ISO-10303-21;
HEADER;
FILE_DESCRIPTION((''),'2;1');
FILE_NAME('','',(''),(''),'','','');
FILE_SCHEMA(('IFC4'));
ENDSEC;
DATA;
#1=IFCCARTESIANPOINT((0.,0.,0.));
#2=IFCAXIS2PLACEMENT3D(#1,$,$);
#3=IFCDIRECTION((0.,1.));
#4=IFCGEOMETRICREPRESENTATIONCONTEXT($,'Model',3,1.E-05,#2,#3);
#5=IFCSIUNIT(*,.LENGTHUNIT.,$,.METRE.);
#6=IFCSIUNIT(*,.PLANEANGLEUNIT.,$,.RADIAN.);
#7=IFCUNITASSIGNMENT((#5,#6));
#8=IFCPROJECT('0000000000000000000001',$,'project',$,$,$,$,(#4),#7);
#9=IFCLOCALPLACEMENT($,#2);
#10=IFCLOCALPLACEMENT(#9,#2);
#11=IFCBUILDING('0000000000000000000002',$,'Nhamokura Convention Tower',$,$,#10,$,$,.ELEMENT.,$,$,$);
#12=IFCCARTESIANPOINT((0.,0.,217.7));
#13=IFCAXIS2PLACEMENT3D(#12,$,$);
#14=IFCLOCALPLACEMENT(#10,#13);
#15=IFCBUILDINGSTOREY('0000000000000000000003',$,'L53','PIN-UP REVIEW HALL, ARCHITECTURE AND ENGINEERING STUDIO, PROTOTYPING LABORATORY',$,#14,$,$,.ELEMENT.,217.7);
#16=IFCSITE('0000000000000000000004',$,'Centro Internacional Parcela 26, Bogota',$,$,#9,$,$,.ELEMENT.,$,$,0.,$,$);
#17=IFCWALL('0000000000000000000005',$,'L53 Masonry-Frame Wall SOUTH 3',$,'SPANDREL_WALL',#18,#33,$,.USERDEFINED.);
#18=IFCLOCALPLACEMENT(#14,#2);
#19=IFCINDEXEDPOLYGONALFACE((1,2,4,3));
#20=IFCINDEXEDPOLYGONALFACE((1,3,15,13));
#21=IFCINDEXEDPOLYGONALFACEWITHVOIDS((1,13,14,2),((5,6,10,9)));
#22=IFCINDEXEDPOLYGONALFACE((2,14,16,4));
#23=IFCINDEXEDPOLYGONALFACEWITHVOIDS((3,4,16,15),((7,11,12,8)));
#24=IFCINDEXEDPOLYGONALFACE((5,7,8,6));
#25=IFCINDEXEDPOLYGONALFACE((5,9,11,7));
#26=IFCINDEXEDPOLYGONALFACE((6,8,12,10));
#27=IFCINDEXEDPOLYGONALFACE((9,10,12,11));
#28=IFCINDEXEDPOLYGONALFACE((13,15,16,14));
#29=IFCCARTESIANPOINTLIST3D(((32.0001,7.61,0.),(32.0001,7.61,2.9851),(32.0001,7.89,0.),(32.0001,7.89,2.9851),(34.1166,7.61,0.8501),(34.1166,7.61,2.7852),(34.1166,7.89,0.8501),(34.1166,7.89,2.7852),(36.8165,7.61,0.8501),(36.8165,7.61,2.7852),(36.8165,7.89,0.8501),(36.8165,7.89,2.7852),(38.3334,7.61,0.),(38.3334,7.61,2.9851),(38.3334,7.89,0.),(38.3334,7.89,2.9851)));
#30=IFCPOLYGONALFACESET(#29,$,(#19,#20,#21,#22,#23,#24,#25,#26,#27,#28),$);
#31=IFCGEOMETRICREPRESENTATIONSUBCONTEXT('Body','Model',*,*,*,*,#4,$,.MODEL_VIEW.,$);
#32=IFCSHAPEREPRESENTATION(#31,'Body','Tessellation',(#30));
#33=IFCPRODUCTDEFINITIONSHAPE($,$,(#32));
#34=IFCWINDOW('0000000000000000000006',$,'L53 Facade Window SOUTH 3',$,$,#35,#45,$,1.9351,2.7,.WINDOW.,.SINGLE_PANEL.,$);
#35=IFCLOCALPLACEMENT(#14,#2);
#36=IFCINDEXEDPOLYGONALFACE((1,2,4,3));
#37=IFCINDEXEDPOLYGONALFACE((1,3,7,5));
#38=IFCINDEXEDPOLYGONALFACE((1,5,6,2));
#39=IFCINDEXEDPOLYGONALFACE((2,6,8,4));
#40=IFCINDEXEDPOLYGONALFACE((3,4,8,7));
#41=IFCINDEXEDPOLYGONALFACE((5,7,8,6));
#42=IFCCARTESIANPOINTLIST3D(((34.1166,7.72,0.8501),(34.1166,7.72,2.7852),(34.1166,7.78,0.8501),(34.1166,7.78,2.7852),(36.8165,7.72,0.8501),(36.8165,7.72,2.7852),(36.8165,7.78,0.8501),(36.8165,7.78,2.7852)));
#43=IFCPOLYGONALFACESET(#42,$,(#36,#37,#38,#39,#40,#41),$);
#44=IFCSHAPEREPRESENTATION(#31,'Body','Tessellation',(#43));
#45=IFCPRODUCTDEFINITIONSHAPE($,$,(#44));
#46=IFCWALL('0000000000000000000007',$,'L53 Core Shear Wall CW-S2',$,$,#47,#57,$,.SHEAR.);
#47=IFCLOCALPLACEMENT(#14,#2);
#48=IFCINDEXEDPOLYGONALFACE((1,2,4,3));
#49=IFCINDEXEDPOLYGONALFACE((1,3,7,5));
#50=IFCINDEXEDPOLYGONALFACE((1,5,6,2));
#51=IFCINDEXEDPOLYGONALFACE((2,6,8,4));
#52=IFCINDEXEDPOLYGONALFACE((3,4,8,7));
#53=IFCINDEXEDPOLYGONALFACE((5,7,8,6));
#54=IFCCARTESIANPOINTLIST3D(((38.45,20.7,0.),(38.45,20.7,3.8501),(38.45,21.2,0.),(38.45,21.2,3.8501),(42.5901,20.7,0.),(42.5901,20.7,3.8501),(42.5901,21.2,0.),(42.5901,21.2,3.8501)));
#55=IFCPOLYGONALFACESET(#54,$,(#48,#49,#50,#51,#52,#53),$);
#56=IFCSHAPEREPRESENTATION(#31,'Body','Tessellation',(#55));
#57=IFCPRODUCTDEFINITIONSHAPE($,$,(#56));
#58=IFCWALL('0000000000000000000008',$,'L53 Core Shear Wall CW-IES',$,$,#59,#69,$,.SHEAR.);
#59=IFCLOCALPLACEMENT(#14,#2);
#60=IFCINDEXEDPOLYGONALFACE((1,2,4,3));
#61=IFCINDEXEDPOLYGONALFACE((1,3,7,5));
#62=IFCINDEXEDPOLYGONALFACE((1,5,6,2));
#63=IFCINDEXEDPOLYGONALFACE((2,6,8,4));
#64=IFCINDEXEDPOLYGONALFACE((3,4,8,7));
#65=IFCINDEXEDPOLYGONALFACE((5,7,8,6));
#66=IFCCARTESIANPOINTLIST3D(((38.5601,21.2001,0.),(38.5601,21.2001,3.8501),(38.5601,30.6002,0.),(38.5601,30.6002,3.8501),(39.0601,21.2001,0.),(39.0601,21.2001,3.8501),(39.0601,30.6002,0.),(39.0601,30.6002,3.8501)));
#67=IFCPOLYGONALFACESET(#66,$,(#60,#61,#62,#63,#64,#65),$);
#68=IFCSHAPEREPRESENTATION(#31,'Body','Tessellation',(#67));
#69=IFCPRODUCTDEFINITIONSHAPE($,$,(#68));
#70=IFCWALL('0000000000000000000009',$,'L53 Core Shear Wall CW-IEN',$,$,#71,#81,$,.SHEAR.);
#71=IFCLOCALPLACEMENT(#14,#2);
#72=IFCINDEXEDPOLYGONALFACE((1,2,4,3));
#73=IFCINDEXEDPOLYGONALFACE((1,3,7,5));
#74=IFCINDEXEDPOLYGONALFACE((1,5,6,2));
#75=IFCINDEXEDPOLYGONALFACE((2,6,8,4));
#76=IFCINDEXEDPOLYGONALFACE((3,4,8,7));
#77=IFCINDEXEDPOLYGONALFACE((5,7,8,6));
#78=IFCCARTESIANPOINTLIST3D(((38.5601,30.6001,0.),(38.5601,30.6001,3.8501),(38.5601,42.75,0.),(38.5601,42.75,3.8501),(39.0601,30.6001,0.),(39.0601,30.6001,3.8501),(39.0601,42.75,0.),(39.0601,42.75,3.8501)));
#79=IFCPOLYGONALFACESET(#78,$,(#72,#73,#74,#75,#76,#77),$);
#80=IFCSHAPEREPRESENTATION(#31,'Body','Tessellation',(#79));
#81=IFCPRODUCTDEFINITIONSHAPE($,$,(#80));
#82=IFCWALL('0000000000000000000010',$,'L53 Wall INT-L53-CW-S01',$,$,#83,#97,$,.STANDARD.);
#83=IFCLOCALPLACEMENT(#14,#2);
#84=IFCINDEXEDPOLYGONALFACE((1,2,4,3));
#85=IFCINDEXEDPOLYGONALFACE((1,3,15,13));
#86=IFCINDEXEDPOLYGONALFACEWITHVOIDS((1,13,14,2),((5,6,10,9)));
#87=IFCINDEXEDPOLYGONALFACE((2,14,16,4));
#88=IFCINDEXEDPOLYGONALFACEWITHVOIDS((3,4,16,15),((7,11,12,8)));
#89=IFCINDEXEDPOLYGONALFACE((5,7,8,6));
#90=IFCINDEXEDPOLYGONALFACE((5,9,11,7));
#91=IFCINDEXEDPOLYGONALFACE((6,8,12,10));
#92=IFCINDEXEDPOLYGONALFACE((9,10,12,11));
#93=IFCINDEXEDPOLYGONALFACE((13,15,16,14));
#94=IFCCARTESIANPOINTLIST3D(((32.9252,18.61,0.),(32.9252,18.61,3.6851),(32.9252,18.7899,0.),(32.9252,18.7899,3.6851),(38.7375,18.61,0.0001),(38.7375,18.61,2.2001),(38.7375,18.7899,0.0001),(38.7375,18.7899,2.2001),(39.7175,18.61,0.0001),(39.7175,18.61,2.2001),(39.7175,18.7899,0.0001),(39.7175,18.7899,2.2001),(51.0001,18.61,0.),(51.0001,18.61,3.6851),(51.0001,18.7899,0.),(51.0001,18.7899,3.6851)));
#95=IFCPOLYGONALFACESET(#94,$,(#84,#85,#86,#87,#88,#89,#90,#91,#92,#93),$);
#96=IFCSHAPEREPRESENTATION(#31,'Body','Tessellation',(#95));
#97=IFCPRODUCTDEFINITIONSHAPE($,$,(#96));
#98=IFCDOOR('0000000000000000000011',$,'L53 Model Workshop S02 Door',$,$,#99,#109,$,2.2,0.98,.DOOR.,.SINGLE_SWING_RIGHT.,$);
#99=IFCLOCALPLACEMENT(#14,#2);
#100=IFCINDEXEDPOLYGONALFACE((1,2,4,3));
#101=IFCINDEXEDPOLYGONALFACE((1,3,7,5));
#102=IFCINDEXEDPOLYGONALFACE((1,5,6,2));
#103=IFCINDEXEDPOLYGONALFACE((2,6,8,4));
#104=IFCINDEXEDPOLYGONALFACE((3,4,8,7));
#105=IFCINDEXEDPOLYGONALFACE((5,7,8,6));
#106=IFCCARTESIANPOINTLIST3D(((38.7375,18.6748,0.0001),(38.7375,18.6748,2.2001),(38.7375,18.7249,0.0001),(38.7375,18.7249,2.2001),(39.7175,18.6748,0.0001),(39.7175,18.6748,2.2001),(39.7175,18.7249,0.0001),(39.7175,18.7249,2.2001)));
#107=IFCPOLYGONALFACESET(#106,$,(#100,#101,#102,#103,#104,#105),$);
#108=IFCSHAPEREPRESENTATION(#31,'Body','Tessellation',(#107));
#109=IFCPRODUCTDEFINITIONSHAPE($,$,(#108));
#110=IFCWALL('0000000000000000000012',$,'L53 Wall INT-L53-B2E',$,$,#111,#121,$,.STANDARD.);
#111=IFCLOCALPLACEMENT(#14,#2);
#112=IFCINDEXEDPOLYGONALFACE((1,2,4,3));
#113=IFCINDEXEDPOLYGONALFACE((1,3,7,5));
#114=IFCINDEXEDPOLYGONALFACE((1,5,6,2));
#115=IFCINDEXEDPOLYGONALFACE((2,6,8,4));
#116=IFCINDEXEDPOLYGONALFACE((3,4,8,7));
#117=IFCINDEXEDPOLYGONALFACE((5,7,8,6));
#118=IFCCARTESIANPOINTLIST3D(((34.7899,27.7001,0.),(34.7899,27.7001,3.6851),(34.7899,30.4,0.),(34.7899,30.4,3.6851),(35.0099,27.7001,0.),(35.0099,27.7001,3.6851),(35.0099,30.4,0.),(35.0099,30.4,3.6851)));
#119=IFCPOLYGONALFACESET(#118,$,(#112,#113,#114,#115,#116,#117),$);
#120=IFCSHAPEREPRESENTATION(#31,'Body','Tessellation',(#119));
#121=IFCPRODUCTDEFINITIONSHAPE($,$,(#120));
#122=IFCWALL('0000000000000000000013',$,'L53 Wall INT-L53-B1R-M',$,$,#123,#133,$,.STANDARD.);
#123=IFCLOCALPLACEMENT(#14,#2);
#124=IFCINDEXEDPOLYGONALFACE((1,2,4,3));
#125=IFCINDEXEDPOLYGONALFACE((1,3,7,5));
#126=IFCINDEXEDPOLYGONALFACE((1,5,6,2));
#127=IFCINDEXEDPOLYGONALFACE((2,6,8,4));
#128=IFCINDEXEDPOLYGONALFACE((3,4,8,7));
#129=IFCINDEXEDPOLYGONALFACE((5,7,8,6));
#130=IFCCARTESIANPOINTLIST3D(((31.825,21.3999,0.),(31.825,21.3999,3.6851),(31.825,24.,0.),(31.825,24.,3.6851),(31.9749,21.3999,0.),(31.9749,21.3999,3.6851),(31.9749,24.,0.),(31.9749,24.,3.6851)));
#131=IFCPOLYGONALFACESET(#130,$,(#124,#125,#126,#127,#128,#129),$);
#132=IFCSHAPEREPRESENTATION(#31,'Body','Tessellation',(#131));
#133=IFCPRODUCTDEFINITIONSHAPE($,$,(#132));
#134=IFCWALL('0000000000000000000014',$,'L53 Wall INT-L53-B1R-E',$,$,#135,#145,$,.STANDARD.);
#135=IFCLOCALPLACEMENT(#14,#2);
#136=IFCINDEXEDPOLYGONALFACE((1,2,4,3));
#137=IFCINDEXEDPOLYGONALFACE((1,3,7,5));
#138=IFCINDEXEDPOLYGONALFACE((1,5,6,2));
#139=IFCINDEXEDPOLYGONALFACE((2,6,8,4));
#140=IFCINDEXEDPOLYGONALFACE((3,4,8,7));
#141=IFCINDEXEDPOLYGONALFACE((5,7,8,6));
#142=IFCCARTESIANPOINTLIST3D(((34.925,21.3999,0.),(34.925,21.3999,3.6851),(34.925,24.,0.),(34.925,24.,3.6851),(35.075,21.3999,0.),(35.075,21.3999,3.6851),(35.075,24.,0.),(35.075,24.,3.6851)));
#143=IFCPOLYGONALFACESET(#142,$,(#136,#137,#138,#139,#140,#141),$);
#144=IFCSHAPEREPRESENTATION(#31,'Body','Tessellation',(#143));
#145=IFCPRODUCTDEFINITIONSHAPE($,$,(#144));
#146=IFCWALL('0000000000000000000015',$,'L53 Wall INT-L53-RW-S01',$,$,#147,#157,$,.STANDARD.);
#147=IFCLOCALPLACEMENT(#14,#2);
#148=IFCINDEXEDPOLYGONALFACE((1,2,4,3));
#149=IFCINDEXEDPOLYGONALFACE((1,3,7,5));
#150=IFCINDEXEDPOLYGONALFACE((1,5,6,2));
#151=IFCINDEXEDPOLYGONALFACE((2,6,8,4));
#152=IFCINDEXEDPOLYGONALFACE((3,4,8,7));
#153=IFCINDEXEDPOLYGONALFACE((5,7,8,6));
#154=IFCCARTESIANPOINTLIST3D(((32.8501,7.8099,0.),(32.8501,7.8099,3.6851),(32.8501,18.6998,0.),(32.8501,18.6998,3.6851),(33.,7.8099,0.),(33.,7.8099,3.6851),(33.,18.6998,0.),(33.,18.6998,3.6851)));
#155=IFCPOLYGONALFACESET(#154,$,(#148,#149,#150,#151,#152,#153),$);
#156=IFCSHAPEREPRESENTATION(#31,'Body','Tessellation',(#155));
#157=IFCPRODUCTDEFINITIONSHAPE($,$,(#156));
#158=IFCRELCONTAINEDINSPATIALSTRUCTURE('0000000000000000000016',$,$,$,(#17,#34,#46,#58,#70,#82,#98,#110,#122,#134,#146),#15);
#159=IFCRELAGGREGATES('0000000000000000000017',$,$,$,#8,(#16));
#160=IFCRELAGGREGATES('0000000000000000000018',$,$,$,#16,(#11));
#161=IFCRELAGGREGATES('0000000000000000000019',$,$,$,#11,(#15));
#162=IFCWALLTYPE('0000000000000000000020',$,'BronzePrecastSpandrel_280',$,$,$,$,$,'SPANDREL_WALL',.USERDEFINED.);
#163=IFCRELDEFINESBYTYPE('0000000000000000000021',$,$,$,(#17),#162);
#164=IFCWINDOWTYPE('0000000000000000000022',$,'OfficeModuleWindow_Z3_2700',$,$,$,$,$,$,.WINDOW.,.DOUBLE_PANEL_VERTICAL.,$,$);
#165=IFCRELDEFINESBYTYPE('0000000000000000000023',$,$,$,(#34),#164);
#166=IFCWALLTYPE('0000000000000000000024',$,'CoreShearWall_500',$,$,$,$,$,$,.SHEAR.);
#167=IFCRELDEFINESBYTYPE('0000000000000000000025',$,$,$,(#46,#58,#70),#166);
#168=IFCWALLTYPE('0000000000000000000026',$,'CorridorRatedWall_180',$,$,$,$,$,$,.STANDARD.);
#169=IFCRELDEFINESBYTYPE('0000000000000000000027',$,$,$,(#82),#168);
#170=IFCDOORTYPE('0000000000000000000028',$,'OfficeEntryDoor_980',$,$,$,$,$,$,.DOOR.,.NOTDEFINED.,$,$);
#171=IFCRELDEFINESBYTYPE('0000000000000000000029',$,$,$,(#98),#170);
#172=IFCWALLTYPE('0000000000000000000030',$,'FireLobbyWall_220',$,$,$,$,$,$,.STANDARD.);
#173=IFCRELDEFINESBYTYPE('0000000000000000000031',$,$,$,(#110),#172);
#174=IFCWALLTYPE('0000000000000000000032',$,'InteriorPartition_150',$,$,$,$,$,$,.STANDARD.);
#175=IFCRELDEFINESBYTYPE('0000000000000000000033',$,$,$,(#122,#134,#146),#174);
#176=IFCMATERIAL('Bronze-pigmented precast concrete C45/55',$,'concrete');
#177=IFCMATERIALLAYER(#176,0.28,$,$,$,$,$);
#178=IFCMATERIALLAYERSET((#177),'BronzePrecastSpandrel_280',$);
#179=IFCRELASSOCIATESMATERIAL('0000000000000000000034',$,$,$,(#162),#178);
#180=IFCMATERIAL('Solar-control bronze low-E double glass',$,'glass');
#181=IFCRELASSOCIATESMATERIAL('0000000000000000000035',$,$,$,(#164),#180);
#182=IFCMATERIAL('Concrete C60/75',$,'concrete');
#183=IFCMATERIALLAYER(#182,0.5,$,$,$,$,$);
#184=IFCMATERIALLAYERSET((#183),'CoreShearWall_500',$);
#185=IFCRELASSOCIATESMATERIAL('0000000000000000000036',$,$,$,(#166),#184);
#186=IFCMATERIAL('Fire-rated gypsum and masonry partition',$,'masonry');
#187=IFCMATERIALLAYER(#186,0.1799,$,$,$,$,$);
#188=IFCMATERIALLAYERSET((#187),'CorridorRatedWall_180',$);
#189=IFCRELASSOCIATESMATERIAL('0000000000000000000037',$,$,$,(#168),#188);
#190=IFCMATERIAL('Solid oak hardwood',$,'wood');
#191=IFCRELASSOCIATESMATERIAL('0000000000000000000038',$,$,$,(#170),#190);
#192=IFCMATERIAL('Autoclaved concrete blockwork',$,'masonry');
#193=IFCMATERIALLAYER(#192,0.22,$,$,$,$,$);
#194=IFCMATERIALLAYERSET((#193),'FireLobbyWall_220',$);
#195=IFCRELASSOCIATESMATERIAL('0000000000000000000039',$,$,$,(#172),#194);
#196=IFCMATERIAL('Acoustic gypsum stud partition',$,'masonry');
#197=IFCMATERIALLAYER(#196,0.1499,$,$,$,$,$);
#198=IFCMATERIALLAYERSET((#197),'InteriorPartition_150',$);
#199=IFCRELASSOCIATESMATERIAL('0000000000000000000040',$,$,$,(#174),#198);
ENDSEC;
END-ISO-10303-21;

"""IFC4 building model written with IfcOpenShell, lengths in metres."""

from ifc_helpers import new_model, si_unit, direction, frame, frame_2d, origin, place, context, subcontext, project, spatial, rectangle, extrude, material, layer, layer_set, type_object, element, fill, save


model = new_model("IFC4")

# Units and contexts
model_context = context("Model", 3, precision=1e-05, world=origin(), true_north=direction((0.0, 1.0)))
body_context = subcontext(model_context, "Body", "Model", "MODEL_VIEW")
ifc_project = project(units=[si_unit("LENGTHUNIT", "METRE"), si_unit("PLANEANGLEUNIT", "RADIAN")], contexts=[model_context])

# Site, building, storey
site_placement = place(None, origin())
site = spatial("IfcSite", under=ifc_project, at=site_placement, Name="Centro Internacional Parcela 26, Bogota", CompositionType="ELEMENT", RefElevation=0.0)
building_placement = place(site_placement, origin())
building = spatial("IfcBuilding", under=site, at=building_placement, Name="Nhamokura Convention Tower", CompositionType="ELEMENT")
storey_placement = place(building_placement, frame((0.0, 0.0, 217.7)))
storey = spatial("IfcBuildingStorey", under=building, at=storey_placement, Name="L53", Description="PIN-UP REVIEW HALL, ARCHITECTURE AND ENGINEERING STUDIO, PROTOTYPING LABORATORY", CompositionType="ELEMENT", Elevation=217.7)

# Wall, opening, window
ifc_material_1 = material(Name="Bronze-pigmented precast concrete C45/55", Category="concrete")
ifc_layer_1 = layer(ifc_material_1, 0.28)
ifc_layer_set_1 = layer_set([ifc_layer_1], Name="BronzePrecastSpandrel_280")
wall_type_1 = type_object("IfcWallType", Name="BronzePrecastSpandrel_280", ElementType="SPANDREL_WALL", PredefinedType="USERDEFINED", material=ifc_layer_set_1)
ifc_material_2 = material(Name="Solar-control bronze low-E double glass", Category="glass")
window_type = type_object("IfcWindowType", Name="OfficeModuleWindow_Z3_2700", PartitioningType="DOUBLE_PANEL_VERTICAL", PredefinedType="WINDOW", material=ifc_material_2)
wall_1_placement = place(storey_placement, frame((38.3333, 7.75, 0.0), z_axis=(0.0, 0.0, 1.0), x_axis=(-1.0, 0.0, 0.0)))
wall_1 = element("IfcWall", 1, at=wall_1_placement, inside=storey, type_object=wall_type_1, Name="L53 Masonry-Frame Wall SOUTH 3", ObjectType="SPANDREL_WALL", PredefinedType="USERDEFINED", context=body_context, shape_type="SweptSolid", body=[
    extrude(rectangle(XDim=6.3333, YDim=0.28, at=frame_2d((3.1665, 0.0))), origin(), (0.0, 0.0, 1.0), 2.9851),
])
opening_1_placement = place(wall_1_placement, frame((1.5166, 0.0, 0.8501)))
opening_1 = element("IfcOpeningElement", 2, at=opening_1_placement, cuts=wall_1, PredefinedType="OPENING", context=body_context, shape_type="SweptSolid", body=[
    extrude(rectangle(XDim=2.7, YDim=1.9351, at=frame_2d((1.3501, 0.9675))), frame((0.0, 0.1499, 0.0), z_axis=(0.0, -1.0, 0.0), x_axis=(1.0, 0.0, 0.0)), (0.0, 0.0, 1.0), 0.3),
])
window_1_placement = place(opening_1_placement, origin())
window_1 = element("IfcWindow", 3, at=window_1_placement, inside=storey, type_object=window_type, Name="L53 Facade Window SOUTH 3", OverallHeight=1.9351, OverallWidth=2.7, PartitioningType="SINGLE_PANEL", PredefinedType="WINDOW", context=body_context, shape_type="SweptSolid", body=[
    extrude(rectangle(XDim=2.7, YDim=1.9351, at=frame_2d((1.3501, 0.9675))), frame((0.0, 0.03, 0.0), z_axis=(0.0, -1.0, 0.0), x_axis=(1.0, 0.0, 0.0)), (0.0, 0.0, 1.0), 0.0601),
])
fill(opening_1, window_1)

# Walls
ifc_material_3 = material(Name="Concrete C60/75", Category="concrete")
ifc_layer_2 = layer(ifc_material_3, 0.5)
ifc_layer_set_2 = layer_set([ifc_layer_2], Name="CoreShearWall_500")
wall_type_2 = type_object("IfcWallType", Name="CoreShearWall_500", PredefinedType="SHEAR", material=ifc_layer_set_2)
wall_2_placement = place(storey_placement, frame((38.45, 20.95, 0.0), z_axis=(0.0, 0.0, 1.0), x_axis=(1.0, 0.0, 0.0)))
element("IfcWall", 4, at=wall_2_placement, inside=storey, type_object=wall_type_2, Name="L53 Core Shear Wall CW-S2", PredefinedType="SHEAR", context=body_context, shape_type="SweptSolid", body=[
    extrude(rectangle(XDim=4.1401, YDim=0.5, at=frame_2d((2.0701, 0.0))), origin(), (0.0, 0.0, 1.0), 3.8501),
])
wall_3_placement = place(storey_placement, frame((38.8101, 21.2, 0.0), z_axis=(0.0, 0.0, 1.0), x_axis=(0.0, 1.0, 0.0)))
element("IfcWall", 5, at=wall_3_placement, inside=storey, type_object=wall_type_2, Name="L53 Core Shear Wall CW-IES", PredefinedType="SHEAR", context=body_context, shape_type="SweptSolid", body=[
    extrude(rectangle(XDim=9.4001, YDim=0.5, at=frame_2d((4.7002, 0.0))), origin(), (0.0, 0.0, 1.0), 3.8501),
])
wall_4_placement = place(storey_placement, frame((38.8101, 30.6001, 0.0), z_axis=(0.0, 0.0, 1.0), x_axis=(0.0, 1.0, 0.0)))
element("IfcWall", 6, at=wall_4_placement, inside=storey, type_object=wall_type_2, Name="L53 Core Shear Wall CW-IEN", PredefinedType="SHEAR", context=body_context, shape_type="SweptSolid", body=[
    extrude(rectangle(XDim=12.1499, YDim=0.5, at=frame_2d((6.075, 0.0))), origin(), (0.0, 0.0, 1.0), 3.8501),
])

# Wall, opening, door
ifc_material_4 = material(Name="Fire-rated gypsum and masonry partition", Category="masonry")
ifc_layer_3 = layer(ifc_material_4, 0.1799)
ifc_layer_set_3 = layer_set([ifc_layer_3], Name="CorridorRatedWall_180")
wall_type_3 = type_object("IfcWallType", Name="CorridorRatedWall_180", PredefinedType="STANDARD", material=ifc_layer_set_3)
wall_5_placement = place(storey_placement, frame((32.925, 18.7, 0.0), z_axis=(0.0, 0.0, 1.0), x_axis=(1.0, 0.0, 0.0)))
wall_5 = element("IfcWall", 7, at=wall_5_placement, inside=storey, type_object=wall_type_3, Name="L53 Wall INT-L53-CW-S01", PredefinedType="STANDARD", context=body_context, shape_type="SweptSolid", body=[
    extrude(rectangle(XDim=18.075, YDim=0.1799, at=frame_2d((9.0376, 0.0))), origin(), (0.0, 0.0, 1.0), 3.6851),
])
opening_2_placement = place(wall_5_placement, frame((5.8125, 0.0, 0.0)))
opening_2 = element("IfcOpeningElement", 8, at=opening_2_placement, cuts=wall_5, PredefinedType="OPENING", context=body_context, shape_type="SweptSolid", body=[
    extrude(rectangle(XDim=0.98, YDim=2.2, at=frame_2d((0.49, 1.1001))), frame((0.0, 0.0999, 0.0), z_axis=(0.0, -1.0, 0.0), x_axis=(1.0, 0.0, 0.0)), (0.0, 0.0, 1.0), 0.2),
])
ifc_material_5 = material(Name="Solid oak hardwood", Category="wood")
door_type_1 = type_object("IfcDoorType", Name="OfficeEntryDoor_980", OperationType="NOTDEFINED", PredefinedType="DOOR", material=ifc_material_5)
door_1_placement = place(opening_2_placement, origin())
door_1 = element("IfcDoor", 9, at=door_1_placement, inside=storey, type_object=door_type_1, Name="L53 Model Workshop S02 Door", OperationType="SINGLE_SWING_RIGHT", OverallHeight=2.2, OverallWidth=0.98, PredefinedType="DOOR", context=body_context, shape_type="SweptSolid", body=[
    extrude(rectangle(XDim=0.98, YDim=2.2, at=frame_2d((0.49, 1.1001))), frame((0.0, 0.0249, 0.0), z_axis=(0.0, -1.0, 0.0), x_axis=(1.0, 0.0, 0.0)), (0.0, 0.0, 1.0), 0.05),
])
fill(opening_2, door_1)
ifc_material_6 = material(Name="Autoclaved concrete blockwork", Category="masonry")
ifc_layer_4 = layer(ifc_material_6, 0.22)
ifc_layer_set_4 = layer_set([ifc_layer_4], Name="FireLobbyWall_220")
wall_type_4 = type_object("IfcWallType", Name="FireLobbyWall_220", PredefinedType="STANDARD", material=ifc_layer_set_4)

# Walls
wall_6_placement = place(storey_placement, frame((34.8999, 27.7, 0.0), z_axis=(0.0, 0.0, 1.0), x_axis=(0.0, 1.0, 0.0)))
element("IfcWall", 10, at=wall_6_placement, inside=storey, type_object=wall_type_4, Name="L53 Wall INT-L53-B2E", PredefinedType="STANDARD", context=body_context, shape_type="SweptSolid", body=[
    extrude(rectangle(XDim=2.7, YDim=0.22, at=frame_2d((1.3501, 0.0))), origin(), (0.0, 0.0, 1.0), 3.6851),
])
ifc_material_7 = material(Name="Acoustic gypsum stud partition", Category="masonry")
ifc_layer_5 = layer(ifc_material_7, 0.1499)
ifc_layer_set_5 = layer_set([ifc_layer_5], Name="InteriorPartition_150")
wall_type_5 = type_object("IfcWallType", Name="InteriorPartition_150", PredefinedType="STANDARD", material=ifc_layer_set_5)
for number, where, z_axis, x_axis, name in (
    (11, (31.8999, 21.3999, 0.0), (0.0, 0.0, 1.0), (0.0, 1.0, 0.0), "L53 Wall INT-L53-B1R-M"),
    (12, (35.0, 21.3999, 0.0), (0.0, 0.0, 1.0), (0.0, 1.0, 0.0), "L53 Wall INT-L53-B1R-E"),
):
    element("IfcWall", number, at=place(storey_placement, frame(where, z_axis=z_axis, x_axis=x_axis)), inside=storey, type_object=wall_type_5, Name=name, PredefinedType="STANDARD", context=body_context, shape_type="SweptSolid", body=[
        extrude(rectangle(XDim=2.6001, YDim=0.1499, at=frame_2d((1.3, 0.0))), origin(), (0.0, 0.0, 1.0), 3.6851),
    ])
wall_7_placement = place(storey_placement, frame((32.925, 7.8101, 0.0), z_axis=(0.0, 0.0, 1.0), x_axis=(0.0, 1.0, 0.0)))
element("IfcWall", 13, at=wall_7_placement, inside=storey, type_object=wall_type_5, Name="L53 Wall INT-L53-RW-S01", PredefinedType="STANDARD", context=body_context, shape_type="SweptSolid", body=[
    extrude(rectangle(XDim=10.8899, YDim=0.1499, at=frame_2d((5.4448, 0.0))), origin(), (0.0, 0.0, 1.0), 3.6851),
])

save(model, "model.ifc")
